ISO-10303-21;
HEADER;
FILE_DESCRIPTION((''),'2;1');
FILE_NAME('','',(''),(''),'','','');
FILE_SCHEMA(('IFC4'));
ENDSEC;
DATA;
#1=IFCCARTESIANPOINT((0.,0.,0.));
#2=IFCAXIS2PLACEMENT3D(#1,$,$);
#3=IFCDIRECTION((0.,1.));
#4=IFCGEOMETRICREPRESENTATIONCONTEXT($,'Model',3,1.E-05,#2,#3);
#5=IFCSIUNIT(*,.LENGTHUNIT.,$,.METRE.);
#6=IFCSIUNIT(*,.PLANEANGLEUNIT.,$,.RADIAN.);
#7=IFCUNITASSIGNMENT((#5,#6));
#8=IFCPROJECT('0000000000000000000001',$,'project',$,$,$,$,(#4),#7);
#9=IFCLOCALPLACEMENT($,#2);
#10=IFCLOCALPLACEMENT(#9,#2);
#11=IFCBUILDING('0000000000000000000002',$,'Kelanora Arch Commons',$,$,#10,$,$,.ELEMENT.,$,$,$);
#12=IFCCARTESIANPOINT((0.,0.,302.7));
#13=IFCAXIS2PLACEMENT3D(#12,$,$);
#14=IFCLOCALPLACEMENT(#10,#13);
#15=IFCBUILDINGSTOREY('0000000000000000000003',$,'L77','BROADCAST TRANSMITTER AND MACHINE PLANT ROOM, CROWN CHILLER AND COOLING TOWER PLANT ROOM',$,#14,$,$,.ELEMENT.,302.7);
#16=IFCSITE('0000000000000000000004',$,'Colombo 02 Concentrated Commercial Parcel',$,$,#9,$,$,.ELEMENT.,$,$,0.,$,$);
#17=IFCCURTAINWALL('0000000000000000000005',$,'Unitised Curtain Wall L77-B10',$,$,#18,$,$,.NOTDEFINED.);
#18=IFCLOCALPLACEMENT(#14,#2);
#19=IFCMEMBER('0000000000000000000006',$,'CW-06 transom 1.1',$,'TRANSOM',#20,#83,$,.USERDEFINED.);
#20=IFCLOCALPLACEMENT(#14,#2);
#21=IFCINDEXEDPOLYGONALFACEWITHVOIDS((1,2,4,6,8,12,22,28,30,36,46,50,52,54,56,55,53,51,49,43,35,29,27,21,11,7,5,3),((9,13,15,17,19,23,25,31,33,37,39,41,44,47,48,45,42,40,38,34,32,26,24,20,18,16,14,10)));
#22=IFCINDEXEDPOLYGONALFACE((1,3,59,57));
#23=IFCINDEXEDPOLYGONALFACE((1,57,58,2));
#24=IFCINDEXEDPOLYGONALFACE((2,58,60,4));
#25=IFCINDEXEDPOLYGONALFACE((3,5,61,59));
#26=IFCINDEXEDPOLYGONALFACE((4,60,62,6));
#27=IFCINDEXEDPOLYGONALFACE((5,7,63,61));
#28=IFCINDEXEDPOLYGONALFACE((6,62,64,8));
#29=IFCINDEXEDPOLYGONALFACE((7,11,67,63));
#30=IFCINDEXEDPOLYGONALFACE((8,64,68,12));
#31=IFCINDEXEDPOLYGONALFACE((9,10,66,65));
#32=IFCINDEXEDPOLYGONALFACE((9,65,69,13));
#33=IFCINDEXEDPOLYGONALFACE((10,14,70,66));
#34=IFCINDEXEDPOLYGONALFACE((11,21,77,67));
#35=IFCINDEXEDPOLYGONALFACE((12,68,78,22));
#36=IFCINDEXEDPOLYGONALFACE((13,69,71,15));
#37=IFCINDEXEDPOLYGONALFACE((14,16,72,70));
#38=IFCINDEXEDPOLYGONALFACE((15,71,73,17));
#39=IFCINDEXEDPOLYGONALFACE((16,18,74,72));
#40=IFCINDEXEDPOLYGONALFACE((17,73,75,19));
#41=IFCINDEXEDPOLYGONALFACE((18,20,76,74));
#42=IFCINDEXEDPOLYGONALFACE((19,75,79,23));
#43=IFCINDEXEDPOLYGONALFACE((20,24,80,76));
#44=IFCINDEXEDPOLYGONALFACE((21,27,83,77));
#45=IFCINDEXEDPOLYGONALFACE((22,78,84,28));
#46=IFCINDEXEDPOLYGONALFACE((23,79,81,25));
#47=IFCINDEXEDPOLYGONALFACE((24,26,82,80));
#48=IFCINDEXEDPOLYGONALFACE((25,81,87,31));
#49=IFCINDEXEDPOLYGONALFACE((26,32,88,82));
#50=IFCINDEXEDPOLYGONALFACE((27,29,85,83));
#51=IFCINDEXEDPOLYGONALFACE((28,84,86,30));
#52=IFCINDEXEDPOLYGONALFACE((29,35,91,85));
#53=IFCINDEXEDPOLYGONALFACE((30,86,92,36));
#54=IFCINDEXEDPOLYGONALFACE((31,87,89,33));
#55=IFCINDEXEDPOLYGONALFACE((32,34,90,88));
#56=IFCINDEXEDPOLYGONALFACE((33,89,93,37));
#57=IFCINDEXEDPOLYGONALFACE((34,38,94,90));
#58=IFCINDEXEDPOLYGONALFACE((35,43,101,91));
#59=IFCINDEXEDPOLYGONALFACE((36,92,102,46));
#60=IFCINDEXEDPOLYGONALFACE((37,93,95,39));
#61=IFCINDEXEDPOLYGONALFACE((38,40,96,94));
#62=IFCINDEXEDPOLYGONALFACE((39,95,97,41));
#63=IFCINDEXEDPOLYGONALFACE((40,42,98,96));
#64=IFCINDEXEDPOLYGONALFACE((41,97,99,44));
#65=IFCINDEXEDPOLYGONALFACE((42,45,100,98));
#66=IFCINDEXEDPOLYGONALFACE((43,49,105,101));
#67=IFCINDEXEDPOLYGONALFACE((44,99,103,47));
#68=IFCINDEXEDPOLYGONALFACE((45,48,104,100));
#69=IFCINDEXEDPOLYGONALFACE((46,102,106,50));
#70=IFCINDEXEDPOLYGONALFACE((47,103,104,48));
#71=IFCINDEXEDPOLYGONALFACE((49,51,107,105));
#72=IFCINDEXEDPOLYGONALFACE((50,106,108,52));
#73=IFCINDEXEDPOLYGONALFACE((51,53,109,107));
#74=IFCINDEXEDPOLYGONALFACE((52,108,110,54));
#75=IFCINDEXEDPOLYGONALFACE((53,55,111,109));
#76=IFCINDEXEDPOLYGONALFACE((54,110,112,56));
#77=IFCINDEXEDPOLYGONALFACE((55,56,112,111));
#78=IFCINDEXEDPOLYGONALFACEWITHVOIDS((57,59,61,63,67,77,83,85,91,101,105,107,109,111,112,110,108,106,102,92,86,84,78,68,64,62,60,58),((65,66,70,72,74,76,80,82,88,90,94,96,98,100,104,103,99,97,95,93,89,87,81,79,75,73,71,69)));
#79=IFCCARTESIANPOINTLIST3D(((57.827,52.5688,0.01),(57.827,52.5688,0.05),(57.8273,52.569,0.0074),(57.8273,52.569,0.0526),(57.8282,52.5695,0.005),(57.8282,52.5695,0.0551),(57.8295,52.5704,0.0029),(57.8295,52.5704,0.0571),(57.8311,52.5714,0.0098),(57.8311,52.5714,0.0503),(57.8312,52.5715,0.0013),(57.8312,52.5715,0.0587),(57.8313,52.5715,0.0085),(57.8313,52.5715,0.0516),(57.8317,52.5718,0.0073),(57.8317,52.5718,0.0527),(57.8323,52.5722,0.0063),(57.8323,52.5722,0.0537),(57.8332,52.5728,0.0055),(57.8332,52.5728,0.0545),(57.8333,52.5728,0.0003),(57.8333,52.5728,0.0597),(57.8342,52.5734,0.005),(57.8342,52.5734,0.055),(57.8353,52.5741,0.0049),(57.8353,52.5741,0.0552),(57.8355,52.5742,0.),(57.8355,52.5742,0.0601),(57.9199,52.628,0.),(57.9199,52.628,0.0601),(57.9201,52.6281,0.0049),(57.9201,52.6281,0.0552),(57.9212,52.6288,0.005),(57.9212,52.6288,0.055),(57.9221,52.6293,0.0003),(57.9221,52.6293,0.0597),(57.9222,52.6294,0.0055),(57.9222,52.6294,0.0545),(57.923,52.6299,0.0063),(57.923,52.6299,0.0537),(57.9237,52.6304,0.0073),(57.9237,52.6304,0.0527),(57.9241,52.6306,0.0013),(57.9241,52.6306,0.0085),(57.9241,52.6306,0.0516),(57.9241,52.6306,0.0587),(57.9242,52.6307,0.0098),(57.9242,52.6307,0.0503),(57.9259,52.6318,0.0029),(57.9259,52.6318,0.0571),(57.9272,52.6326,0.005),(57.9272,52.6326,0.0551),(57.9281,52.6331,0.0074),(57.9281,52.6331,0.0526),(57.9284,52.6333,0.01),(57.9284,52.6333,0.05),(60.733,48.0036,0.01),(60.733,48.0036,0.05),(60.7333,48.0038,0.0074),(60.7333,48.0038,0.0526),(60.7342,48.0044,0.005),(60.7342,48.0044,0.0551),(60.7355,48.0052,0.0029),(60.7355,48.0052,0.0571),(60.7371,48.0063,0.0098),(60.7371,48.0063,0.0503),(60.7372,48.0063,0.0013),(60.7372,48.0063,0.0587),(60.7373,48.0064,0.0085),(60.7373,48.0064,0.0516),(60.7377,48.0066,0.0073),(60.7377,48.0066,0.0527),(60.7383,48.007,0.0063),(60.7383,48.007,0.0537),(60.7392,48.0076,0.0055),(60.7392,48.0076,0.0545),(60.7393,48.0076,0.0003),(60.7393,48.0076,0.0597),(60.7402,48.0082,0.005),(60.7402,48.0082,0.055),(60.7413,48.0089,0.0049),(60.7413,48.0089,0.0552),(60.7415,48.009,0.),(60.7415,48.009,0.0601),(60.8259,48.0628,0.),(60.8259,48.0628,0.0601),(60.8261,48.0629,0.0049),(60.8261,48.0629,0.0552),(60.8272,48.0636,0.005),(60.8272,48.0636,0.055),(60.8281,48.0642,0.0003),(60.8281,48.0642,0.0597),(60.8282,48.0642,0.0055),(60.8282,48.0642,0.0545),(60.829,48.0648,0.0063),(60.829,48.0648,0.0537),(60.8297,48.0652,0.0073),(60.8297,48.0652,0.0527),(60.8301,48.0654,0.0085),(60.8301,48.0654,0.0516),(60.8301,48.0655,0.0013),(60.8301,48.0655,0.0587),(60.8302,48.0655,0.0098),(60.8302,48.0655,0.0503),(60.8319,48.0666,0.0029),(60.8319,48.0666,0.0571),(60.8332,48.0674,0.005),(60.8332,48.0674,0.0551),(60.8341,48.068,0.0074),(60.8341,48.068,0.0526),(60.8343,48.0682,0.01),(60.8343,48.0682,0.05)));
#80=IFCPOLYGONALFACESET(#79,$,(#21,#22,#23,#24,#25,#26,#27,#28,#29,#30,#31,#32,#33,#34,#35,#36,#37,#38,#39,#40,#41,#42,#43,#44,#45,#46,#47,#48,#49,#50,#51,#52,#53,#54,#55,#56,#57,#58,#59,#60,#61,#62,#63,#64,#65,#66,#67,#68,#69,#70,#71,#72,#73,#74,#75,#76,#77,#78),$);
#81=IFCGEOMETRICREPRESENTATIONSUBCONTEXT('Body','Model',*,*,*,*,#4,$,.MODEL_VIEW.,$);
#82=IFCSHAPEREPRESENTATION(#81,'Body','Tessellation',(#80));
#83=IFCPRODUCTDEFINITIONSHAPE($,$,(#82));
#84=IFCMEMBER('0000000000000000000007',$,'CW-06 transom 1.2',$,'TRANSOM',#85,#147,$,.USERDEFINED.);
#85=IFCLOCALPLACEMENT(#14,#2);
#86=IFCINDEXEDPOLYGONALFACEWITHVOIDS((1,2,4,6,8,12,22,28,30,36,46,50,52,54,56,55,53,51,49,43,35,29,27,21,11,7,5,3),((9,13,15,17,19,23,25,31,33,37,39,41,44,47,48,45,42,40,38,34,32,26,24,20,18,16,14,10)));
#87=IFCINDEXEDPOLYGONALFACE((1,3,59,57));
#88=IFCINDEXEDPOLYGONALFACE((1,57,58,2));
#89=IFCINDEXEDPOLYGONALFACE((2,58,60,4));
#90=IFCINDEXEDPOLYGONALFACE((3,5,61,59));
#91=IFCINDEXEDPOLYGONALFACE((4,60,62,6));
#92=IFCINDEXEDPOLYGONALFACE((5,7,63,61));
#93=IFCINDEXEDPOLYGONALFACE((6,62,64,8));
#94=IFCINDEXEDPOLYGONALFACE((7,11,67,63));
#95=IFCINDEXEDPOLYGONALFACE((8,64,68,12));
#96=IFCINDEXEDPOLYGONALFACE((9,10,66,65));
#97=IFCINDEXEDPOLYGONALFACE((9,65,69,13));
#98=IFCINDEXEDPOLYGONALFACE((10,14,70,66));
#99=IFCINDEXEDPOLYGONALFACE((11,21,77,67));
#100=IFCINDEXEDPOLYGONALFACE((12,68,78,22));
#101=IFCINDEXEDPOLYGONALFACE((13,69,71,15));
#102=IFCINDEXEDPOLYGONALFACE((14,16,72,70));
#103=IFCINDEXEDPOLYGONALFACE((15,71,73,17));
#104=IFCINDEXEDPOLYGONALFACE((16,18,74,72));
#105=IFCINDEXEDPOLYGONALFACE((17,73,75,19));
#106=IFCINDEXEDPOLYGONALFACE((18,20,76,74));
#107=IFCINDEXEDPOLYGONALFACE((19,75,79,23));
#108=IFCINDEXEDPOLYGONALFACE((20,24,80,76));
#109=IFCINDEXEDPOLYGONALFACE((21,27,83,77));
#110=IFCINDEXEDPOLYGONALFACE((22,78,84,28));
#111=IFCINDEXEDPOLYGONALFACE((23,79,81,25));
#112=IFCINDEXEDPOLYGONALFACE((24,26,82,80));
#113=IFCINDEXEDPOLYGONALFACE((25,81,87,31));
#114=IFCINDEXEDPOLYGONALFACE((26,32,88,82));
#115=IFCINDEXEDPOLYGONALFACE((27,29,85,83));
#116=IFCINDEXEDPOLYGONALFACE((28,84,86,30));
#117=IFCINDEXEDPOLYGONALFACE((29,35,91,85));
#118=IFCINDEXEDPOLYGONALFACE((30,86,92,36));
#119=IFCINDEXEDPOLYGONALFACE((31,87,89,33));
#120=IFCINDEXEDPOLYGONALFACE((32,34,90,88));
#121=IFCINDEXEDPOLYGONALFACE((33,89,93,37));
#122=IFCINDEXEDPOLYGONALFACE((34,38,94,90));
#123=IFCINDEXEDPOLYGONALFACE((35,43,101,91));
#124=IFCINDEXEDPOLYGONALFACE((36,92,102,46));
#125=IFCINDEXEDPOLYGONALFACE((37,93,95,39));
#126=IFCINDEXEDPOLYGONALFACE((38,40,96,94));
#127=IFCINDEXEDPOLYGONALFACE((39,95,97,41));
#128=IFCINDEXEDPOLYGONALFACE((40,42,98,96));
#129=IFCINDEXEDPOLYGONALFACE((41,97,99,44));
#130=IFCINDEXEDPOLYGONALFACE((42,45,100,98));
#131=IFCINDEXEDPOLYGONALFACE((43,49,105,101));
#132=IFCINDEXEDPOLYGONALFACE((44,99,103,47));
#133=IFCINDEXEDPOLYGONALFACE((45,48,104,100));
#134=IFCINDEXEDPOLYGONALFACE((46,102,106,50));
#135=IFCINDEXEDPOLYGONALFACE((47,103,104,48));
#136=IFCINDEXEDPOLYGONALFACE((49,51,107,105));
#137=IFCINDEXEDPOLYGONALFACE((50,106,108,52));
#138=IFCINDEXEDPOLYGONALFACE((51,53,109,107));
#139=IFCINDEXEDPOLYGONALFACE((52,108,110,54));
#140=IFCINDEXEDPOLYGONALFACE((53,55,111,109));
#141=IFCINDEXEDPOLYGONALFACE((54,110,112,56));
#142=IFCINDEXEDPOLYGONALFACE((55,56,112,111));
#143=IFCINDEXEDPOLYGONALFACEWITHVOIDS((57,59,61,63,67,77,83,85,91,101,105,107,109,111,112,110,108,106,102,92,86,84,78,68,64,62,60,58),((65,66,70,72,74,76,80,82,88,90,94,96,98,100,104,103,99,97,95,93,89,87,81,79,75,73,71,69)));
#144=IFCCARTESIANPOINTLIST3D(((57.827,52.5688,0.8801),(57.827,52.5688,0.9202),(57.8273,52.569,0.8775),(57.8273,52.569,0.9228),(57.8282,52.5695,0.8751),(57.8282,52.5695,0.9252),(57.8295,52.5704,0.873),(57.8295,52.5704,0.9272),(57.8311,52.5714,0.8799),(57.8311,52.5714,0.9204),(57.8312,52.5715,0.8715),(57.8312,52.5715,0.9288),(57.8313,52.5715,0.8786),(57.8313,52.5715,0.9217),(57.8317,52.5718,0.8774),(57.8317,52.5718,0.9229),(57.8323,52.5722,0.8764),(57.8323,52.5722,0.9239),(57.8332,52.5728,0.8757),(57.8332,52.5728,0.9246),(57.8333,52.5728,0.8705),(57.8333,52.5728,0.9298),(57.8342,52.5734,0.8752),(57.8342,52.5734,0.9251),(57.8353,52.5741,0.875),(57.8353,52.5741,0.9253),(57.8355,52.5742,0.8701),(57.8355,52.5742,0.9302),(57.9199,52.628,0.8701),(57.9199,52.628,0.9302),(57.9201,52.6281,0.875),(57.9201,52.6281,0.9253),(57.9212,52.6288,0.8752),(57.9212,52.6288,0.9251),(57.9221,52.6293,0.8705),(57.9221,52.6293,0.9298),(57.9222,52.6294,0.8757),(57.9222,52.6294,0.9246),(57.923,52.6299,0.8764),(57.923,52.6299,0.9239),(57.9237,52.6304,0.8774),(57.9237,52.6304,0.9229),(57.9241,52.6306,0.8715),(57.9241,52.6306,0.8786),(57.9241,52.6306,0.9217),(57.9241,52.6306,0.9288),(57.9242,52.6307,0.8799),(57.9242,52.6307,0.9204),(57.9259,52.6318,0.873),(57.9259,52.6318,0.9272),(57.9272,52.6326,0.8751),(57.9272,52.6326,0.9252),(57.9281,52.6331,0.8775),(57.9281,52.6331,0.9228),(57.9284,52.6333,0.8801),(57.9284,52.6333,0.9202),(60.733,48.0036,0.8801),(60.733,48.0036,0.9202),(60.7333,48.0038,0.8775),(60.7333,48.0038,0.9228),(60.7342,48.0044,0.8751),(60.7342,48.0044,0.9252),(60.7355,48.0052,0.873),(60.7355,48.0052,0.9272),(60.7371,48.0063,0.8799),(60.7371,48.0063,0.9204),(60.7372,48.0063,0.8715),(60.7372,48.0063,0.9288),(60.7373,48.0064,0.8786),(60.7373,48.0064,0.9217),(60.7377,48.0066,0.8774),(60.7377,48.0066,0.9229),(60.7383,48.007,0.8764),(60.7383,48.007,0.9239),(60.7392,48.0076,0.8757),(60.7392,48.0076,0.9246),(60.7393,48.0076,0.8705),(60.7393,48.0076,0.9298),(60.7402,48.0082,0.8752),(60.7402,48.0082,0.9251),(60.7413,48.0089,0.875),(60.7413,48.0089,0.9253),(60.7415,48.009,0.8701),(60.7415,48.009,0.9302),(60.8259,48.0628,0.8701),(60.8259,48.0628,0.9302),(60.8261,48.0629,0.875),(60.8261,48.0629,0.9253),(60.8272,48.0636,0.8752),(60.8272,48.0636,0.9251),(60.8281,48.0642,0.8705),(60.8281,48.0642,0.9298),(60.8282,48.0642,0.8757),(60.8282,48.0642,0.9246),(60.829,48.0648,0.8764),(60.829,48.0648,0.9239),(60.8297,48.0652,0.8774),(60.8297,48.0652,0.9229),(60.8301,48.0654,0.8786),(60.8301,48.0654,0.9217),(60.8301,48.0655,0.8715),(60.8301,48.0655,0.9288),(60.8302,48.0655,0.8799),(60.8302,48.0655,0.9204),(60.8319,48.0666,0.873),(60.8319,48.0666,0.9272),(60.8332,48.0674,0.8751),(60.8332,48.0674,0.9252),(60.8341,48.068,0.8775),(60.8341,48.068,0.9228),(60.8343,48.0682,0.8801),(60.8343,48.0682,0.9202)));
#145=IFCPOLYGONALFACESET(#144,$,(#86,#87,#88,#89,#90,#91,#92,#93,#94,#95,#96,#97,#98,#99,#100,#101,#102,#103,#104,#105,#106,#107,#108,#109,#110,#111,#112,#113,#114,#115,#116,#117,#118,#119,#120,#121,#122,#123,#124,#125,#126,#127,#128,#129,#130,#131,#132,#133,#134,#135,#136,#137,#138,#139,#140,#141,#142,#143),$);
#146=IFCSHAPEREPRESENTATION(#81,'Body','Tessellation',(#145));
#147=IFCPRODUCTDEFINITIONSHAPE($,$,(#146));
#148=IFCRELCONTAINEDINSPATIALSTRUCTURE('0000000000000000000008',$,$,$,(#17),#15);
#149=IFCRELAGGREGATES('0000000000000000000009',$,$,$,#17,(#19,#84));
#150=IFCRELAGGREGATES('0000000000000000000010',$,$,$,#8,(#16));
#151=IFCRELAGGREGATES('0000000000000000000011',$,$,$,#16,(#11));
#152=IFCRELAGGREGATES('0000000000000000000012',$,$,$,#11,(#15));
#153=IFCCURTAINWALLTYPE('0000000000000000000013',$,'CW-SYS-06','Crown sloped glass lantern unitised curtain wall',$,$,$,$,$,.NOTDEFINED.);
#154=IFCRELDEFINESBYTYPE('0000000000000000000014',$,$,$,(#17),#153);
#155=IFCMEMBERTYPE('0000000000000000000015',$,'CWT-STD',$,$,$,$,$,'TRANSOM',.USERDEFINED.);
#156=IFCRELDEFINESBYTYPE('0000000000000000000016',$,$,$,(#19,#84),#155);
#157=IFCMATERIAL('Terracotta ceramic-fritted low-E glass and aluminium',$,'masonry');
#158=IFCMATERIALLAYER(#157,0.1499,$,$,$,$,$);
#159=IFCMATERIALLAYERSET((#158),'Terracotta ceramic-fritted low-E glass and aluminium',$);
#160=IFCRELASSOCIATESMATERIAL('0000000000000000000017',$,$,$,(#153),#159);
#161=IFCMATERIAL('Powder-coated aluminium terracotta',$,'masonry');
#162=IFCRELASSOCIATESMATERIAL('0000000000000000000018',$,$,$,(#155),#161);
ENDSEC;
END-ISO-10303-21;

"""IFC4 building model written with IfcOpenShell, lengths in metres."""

from ifc_helpers import new_model, si_unit, direction, frame, origin, origin_2d, place, context, subcontext, project, spatial, hollow_rectangle, extrude, material, layer, layer_set, material_profile, profile_set, type_object, element, aggregate, save


model = new_model("IFC4")

# Units and contexts
model_context = context("Model", 3, precision=1e-05, world=origin(), true_north=direction((0.0, 1.0)))
body_context = subcontext(model_context, "Body", "Model", "MODEL_VIEW")
ifc_project = project(units=[si_unit("LENGTHUNIT", "METRE"), si_unit("PLANEANGLEUNIT", "RADIAN")], contexts=[model_context])

# Site, building, storey
site_placement = place(None, origin())
site = spatial("IfcSite", under=ifc_project, at=site_placement, Name="Colombo 02 Concentrated Commercial Parcel", CompositionType="ELEMENT", RefElevation=0.0)
building_placement = place(site_placement, origin())
building = spatial("IfcBuilding", under=site, at=building_placement, Name="Kelanora Arch Commons", CompositionType="ELEMENT")
storey_placement = place(building_placement, frame((0.0, 0.0, 302.7)))
storey = spatial("IfcBuildingStorey", under=building, at=storey_placement, Name="L77", Description="BROADCAST TRANSMITTER AND MACHINE PLANT ROOM, CROWN CHILLER AND COOLING TOWER PLANT ROOM", CompositionType="ELEMENT", Elevation=302.7)

# Curtain wall
ifc_material_1 = material(Name="Terracotta ceramic-fritted low-E glass and aluminium", Category="masonry")
ifc_layer_1 = layer(ifc_material_1, 0.1499)
ifc_layer_set_1 = layer_set([ifc_layer_1], Name="Terracotta ceramic-fritted low-E glass and aluminium")
curtain_wall_type = type_object("IfcCurtainWallType", Name="CW-SYS-06", Description="Crown sloped glass lantern unitised curtain wall", PredefinedType="NOTDEFINED", material=ifc_layer_set_1)
ifc_material_2 = material(Name="Powder-coated aluminium terracotta", Category="masonry")
curtain_wall_1_placement = place(storey_placement, origin())
curtain_wall_1 = element("IfcCurtainWall", 1, at=curtain_wall_1_placement, inside=storey, type_object=curtain_wall_type, Name="Unitised Curtain Wall L77-B10", PredefinedType="NOTDEFINED")

# Members
ifc_material_profile_1 = material_profile(ifc_material_2, hollow_rectangle(XDim=0.1201, YDim=0.0601, WallThickness=0.0049, InnerFilletRadius=0.0049, OuterFilletRadius=0.01, at=origin_2d()), Name="CWT120x60")
ifc_profile_set_1 = profile_set([ifc_material_profile_1], Name="Powder-coated aluminium terracotta")
member_type_1 = type_object("IfcMemberType", Name="CWT-STD", ElementType="TRANSOM", PredefinedType="USERDEFINED", material=ifc_profile_set_1)
member_1_placement = place(storey_placement, frame((57.8777, 52.6011, 0.03), z_axis=(0.536992, -0.843587, 0.0), x_axis=(0.843587, 0.536992, 0.0)))
member_1 = element("IfcMember", 2, at=member_1_placement, type_object=member_type_1, Name="CW-06 transom 1.1", ObjectType="TRANSOM", PredefinedType="USERDEFINED", context=body_context, shape_type="SweptSolid", body=[
    extrude(hollow_rectangle(XDim=0.1201, YDim=0.0601, WallThickness=0.0049, InnerFilletRadius=0.0049, OuterFilletRadius=0.01, at=origin_2d()), origin(), (0.0, 0.0, 1.0), 5.4116),
])
member_2_placement = place(storey_placement, frame((57.8777, 52.6011, 0.9001), z_axis=(0.536992, -0.843587, 0.0), x_axis=(0.843587, 0.536992, 0.0)))
member_2 = element("IfcMember", 3, at=member_2_placement, type_object=member_type_1, Name="CW-06 transom 1.2", ObjectType="TRANSOM", PredefinedType="USERDEFINED", context=body_context, shape_type="SweptSolid", body=[
    extrude(hollow_rectangle(XDim=0.1201, YDim=0.0601, WallThickness=0.0049, InnerFilletRadius=0.0049, OuterFilletRadius=0.01, at=origin_2d()), origin(), (0.0, 0.0, 1.0), 5.4116),
])

aggregate(curtain_wall_1, [member_1, member_2])

save(model, "model.ifc")
